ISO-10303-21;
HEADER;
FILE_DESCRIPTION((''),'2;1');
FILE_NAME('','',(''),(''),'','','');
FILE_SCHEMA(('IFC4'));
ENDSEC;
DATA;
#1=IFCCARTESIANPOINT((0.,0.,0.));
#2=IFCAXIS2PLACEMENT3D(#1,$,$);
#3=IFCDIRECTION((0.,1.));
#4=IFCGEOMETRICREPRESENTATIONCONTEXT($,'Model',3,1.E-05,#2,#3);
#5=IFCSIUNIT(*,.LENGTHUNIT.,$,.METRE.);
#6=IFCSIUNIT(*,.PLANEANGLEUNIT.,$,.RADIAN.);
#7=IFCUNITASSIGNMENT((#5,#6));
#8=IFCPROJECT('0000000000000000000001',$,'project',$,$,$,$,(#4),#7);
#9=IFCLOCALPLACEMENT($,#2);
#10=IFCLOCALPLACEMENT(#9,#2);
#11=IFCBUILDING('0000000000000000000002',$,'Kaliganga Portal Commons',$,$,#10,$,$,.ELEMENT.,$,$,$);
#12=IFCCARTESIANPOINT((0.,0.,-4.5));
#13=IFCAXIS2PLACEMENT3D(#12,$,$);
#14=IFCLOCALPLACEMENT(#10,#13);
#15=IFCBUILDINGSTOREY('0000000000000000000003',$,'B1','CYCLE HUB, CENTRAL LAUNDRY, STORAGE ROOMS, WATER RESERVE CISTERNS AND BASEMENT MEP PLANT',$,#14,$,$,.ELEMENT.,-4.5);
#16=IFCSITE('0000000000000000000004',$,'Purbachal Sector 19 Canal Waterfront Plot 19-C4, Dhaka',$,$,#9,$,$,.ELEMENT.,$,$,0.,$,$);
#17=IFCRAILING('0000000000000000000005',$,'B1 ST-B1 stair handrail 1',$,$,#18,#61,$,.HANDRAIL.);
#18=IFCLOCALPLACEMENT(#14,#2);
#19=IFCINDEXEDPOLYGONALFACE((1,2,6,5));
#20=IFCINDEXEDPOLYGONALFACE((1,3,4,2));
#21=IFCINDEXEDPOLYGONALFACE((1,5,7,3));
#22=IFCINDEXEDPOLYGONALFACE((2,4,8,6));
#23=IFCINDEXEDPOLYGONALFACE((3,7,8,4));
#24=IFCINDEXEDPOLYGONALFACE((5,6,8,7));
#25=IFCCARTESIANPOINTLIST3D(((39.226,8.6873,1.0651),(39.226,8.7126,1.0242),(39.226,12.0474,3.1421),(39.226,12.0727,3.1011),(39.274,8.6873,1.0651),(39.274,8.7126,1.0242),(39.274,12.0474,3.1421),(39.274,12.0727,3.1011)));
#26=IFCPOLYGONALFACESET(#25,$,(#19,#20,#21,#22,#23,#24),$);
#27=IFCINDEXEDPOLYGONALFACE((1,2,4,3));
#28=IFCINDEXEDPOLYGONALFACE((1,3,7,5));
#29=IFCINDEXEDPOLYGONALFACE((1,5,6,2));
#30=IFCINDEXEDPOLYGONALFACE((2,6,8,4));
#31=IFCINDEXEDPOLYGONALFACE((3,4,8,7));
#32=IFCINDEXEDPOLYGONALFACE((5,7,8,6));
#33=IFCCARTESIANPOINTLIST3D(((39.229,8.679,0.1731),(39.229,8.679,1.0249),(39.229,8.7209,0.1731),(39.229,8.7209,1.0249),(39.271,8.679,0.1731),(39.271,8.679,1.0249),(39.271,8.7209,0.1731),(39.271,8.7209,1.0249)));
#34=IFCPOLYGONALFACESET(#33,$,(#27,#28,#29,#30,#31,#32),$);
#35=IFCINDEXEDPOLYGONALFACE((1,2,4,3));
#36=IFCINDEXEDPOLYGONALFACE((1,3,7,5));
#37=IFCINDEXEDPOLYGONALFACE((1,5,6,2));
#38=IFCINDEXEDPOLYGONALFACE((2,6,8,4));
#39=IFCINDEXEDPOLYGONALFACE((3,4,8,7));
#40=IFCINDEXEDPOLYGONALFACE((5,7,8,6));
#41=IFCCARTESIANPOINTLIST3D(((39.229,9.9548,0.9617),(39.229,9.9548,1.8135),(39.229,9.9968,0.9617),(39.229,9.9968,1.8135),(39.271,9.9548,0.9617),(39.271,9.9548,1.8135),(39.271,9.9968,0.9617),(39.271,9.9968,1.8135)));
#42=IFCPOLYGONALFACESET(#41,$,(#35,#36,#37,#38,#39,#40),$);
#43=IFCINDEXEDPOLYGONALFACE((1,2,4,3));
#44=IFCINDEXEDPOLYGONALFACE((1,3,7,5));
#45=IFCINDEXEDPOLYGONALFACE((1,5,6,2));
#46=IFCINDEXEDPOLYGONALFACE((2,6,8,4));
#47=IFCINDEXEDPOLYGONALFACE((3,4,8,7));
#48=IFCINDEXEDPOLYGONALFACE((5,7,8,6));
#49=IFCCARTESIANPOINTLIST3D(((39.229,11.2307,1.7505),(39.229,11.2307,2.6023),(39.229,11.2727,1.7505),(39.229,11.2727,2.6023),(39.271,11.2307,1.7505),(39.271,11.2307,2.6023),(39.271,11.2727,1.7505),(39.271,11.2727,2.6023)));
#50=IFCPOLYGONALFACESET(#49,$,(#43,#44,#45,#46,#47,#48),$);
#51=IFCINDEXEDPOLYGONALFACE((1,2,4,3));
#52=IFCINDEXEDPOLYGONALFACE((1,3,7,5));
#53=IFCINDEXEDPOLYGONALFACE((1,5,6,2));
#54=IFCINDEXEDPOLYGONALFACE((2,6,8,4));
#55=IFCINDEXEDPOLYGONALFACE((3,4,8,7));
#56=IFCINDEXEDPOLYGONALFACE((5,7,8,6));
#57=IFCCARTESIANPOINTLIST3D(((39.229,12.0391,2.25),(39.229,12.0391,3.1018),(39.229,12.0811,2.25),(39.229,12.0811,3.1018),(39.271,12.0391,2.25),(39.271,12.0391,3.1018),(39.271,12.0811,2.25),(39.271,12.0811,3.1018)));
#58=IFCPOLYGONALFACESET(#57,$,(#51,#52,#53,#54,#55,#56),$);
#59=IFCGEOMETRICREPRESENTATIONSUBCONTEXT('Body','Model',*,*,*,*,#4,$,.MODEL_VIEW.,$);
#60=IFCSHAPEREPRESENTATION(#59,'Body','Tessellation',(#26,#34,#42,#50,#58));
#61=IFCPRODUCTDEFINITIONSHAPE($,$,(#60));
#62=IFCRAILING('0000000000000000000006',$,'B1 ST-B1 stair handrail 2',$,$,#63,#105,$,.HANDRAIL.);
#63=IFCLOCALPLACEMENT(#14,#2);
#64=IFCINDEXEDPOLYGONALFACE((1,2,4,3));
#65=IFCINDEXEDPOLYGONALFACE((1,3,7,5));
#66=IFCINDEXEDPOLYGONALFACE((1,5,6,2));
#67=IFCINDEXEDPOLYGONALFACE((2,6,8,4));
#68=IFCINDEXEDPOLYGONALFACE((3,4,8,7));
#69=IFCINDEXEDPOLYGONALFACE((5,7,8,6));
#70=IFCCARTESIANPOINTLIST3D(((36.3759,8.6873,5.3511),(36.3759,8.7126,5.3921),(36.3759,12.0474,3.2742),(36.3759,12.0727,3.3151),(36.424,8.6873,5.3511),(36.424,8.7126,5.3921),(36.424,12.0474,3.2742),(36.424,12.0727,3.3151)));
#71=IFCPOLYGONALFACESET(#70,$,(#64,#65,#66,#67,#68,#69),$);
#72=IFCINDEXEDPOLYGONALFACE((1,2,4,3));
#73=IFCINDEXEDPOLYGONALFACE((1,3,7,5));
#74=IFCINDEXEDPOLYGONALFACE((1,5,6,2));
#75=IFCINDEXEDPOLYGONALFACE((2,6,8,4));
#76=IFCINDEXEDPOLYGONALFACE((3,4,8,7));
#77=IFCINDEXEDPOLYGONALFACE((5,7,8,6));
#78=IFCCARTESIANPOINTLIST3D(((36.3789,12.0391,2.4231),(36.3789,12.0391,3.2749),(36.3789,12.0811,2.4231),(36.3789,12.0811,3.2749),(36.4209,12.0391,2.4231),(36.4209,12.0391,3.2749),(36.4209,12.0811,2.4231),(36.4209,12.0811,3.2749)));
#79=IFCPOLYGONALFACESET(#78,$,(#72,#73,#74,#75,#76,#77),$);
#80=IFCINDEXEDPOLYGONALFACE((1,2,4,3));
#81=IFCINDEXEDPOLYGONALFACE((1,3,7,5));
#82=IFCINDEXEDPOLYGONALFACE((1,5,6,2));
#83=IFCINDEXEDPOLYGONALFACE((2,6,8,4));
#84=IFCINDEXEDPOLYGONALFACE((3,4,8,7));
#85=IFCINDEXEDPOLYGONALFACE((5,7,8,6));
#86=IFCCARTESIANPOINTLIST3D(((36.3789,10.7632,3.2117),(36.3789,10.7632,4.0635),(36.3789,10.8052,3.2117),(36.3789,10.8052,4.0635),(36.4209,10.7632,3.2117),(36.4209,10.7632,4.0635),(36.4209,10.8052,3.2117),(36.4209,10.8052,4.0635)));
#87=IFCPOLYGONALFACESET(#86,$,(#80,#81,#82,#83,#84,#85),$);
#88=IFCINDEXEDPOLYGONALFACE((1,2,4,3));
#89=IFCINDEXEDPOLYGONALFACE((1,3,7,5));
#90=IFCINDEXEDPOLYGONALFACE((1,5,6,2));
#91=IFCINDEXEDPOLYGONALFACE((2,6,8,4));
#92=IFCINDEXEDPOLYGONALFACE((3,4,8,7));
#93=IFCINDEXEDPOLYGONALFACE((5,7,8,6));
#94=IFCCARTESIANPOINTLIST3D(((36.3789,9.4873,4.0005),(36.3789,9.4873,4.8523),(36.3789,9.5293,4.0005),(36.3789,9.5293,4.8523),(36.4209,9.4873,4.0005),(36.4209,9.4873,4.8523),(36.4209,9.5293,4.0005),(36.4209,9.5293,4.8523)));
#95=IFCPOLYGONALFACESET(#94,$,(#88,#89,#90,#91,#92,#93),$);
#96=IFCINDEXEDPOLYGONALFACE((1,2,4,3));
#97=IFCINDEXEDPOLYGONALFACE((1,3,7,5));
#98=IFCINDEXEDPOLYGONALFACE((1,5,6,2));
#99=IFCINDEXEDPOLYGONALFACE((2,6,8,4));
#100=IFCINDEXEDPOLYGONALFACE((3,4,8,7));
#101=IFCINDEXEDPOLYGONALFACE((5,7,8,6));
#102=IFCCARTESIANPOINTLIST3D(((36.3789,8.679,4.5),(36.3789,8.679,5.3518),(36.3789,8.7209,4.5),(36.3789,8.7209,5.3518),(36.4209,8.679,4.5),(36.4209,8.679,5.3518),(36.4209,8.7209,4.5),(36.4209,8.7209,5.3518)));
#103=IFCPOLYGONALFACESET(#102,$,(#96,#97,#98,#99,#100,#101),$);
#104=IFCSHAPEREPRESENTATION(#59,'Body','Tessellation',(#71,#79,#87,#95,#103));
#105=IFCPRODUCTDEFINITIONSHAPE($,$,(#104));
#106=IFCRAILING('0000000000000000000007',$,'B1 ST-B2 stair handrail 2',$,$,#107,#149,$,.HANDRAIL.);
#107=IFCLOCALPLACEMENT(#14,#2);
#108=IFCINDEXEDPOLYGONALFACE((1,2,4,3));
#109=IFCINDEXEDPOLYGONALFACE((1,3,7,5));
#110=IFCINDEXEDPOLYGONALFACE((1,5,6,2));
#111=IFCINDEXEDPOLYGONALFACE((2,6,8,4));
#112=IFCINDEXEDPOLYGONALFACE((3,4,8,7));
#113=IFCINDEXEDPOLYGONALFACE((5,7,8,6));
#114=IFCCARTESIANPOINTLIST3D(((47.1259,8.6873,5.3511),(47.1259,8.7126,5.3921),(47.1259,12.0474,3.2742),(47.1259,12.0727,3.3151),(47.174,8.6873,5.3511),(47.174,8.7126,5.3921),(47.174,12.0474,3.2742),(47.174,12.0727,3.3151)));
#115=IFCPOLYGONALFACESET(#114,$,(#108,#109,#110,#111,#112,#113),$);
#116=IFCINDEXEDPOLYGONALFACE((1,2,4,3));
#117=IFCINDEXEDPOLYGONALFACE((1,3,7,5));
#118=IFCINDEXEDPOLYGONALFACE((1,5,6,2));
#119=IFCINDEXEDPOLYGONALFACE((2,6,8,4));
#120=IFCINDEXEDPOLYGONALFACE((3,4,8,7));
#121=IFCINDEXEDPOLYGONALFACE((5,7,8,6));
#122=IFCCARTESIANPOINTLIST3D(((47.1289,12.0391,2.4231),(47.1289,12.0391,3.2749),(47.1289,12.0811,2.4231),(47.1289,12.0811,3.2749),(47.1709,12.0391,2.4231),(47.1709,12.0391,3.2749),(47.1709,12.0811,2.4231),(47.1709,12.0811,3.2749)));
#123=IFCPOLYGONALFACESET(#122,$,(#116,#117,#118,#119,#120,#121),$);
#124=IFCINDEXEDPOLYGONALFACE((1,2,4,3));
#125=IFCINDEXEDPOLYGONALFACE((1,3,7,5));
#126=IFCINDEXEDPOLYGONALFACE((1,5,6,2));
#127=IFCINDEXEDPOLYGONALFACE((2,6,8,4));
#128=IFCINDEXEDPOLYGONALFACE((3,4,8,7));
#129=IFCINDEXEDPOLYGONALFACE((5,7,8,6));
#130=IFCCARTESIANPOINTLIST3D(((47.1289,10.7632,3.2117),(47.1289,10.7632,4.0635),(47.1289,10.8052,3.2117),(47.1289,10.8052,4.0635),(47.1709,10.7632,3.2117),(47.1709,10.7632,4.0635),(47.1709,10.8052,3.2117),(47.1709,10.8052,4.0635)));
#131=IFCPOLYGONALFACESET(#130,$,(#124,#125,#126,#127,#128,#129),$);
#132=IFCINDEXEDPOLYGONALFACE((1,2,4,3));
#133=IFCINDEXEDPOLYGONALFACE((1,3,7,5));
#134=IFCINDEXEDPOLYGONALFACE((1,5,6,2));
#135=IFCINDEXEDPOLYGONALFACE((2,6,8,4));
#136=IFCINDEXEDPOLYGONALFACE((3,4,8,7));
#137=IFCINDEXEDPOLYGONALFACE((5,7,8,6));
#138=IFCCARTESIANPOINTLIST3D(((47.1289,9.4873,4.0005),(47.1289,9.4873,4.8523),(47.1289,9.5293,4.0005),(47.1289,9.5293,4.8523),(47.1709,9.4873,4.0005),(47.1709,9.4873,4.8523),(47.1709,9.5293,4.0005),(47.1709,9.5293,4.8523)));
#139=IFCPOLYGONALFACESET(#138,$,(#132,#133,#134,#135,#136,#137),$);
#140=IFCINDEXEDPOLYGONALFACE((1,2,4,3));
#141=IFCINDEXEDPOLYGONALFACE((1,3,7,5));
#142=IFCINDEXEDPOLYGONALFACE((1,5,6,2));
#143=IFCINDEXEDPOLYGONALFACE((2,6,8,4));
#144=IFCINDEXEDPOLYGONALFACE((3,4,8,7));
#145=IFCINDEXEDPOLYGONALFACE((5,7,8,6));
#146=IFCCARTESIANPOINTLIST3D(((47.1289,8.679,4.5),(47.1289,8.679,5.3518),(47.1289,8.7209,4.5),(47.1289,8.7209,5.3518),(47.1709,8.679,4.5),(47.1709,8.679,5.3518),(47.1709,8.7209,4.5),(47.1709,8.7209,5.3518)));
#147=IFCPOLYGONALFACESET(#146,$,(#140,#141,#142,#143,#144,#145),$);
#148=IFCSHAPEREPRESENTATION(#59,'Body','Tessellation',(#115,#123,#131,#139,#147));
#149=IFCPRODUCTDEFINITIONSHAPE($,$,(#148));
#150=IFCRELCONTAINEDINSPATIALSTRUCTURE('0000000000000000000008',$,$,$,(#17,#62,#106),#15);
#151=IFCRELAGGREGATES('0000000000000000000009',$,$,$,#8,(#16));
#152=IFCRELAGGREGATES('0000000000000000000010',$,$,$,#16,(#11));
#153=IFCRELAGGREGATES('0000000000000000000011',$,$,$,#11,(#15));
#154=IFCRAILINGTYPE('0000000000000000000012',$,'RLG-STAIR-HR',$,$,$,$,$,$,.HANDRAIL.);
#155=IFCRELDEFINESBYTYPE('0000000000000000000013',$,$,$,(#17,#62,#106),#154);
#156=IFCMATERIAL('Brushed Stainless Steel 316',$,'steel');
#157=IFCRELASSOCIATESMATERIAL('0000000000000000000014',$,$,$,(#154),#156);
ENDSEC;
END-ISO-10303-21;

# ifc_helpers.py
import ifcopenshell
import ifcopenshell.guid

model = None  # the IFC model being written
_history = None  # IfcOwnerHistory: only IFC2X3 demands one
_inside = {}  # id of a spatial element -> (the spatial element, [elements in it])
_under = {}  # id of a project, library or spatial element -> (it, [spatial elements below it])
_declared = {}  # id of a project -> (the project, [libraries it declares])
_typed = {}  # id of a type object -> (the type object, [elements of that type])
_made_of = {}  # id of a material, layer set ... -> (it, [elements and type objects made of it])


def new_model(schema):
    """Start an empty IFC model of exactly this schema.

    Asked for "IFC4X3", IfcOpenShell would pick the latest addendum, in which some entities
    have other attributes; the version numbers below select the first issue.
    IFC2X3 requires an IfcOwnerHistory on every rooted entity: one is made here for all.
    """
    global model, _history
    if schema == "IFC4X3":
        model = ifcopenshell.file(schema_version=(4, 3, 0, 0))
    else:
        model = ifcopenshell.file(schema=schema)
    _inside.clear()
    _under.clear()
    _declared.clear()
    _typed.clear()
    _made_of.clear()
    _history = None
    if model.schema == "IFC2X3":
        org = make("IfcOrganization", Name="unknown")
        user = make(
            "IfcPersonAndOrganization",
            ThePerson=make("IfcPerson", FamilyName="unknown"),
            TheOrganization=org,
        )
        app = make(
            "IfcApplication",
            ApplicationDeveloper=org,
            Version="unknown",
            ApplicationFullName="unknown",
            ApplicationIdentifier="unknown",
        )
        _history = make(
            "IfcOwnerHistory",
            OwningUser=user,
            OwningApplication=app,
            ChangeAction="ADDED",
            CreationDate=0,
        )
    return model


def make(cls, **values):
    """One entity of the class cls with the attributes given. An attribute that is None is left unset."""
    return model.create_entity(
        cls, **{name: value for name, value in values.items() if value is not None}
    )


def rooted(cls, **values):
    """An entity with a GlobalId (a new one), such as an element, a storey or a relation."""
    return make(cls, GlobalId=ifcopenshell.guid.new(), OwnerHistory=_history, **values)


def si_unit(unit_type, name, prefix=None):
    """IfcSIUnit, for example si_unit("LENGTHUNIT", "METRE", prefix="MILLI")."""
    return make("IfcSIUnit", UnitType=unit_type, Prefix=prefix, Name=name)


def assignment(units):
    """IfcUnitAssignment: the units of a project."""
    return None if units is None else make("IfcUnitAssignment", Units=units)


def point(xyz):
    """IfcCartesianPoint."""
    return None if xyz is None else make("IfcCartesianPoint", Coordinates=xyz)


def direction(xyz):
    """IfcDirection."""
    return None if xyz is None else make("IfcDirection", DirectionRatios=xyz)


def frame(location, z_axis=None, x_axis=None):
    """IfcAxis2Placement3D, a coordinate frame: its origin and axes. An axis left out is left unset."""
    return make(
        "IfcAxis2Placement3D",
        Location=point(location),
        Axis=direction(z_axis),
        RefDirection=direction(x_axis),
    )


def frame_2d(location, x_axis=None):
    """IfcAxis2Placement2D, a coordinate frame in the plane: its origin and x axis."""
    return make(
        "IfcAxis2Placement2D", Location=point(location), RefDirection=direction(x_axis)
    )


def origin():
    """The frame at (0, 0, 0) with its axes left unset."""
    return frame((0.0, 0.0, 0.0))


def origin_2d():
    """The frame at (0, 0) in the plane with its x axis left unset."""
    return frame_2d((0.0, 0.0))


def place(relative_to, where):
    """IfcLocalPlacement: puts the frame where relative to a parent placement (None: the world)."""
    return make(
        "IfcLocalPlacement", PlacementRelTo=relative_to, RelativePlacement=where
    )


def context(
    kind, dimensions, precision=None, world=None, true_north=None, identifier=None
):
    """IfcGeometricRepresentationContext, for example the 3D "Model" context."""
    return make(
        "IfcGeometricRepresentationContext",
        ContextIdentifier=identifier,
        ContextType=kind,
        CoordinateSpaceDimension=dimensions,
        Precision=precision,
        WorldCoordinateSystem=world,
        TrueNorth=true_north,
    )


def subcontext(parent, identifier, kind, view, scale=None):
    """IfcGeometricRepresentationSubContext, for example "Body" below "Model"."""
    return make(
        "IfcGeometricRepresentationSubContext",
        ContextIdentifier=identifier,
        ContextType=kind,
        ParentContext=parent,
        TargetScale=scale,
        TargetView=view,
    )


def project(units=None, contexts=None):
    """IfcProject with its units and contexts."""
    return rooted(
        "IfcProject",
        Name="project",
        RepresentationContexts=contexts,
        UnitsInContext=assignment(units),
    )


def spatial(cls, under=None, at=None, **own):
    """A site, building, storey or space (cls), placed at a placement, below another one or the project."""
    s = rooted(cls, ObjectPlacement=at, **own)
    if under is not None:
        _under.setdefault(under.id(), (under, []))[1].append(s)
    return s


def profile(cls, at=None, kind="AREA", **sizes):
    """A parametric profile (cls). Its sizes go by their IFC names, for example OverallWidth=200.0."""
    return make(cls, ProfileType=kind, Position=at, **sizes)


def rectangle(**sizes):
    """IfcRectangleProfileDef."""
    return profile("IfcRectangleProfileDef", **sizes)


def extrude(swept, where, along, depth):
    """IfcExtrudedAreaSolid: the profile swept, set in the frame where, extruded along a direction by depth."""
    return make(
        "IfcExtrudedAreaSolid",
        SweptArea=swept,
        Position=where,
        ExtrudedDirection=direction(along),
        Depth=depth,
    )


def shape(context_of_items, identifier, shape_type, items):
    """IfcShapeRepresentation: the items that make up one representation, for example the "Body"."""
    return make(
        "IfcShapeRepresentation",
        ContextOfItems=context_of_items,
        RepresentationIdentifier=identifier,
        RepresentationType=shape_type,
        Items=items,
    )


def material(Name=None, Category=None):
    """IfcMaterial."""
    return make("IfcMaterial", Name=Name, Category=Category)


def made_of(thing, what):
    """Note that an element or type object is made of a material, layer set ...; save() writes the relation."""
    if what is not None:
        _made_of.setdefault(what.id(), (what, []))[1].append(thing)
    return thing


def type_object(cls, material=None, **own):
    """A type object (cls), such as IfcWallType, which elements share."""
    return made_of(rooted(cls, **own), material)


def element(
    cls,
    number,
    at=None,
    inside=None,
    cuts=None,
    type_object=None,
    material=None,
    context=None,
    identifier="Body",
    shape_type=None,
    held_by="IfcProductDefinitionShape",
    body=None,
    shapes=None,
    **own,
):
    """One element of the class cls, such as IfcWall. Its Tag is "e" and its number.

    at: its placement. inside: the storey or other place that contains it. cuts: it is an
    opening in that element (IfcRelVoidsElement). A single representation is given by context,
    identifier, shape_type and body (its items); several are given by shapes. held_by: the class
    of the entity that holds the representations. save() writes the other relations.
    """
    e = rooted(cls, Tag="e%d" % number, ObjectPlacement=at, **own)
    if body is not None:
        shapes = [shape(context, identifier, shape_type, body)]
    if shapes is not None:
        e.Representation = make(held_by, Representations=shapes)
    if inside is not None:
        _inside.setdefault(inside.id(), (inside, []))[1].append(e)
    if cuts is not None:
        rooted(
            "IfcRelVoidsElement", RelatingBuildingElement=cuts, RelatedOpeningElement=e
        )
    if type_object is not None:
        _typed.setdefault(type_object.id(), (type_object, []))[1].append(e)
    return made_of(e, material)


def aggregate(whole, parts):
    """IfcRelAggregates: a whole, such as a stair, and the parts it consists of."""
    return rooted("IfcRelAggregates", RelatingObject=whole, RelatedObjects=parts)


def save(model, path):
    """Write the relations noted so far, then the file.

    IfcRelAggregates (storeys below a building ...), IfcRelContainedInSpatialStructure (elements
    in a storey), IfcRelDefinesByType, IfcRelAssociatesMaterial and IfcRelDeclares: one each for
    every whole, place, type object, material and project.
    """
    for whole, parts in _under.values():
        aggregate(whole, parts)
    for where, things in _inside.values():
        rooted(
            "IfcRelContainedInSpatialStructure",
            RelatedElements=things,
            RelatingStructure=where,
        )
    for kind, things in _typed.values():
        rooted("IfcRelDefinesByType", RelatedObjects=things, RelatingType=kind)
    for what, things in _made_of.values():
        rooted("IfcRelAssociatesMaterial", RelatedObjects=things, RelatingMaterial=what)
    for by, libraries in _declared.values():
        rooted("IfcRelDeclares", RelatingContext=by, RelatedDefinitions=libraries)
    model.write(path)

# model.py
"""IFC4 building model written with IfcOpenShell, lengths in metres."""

from ifc_helpers import new_model, si_unit, direction, frame, origin, origin_2d, place, context, subcontext, project, spatial, rectangle, extrude, material, type_object, element, save


model = new_model("IFC4")

# Units and contexts
model_context = context("Model", 3, precision=1e-05, world=origin(), true_north=direction((0.0, 1.0)))
body_context = subcontext(model_context, "Body", "Model", "MODEL_VIEW")
ifc_project = project(units=[si_unit("LENGTHUNIT", "METRE"), si_unit("PLANEANGLEUNIT", "RADIAN")], contexts=[model_context])

# Site, building, storey
site_placement = place(None, origin())
site = spatial("IfcSite", under=ifc_project, at=site_placement, Name="Purbachal Sector 19 Canal Waterfront Plot 19-C4, Dhaka", CompositionType="ELEMENT", RefElevation=0.0)
building_placement = place(site_placement, origin())
building = spatial("IfcBuilding", under=site, at=building_placement, Name="Kaliganga Portal Commons", CompositionType="ELEMENT")
storey_placement = place(building_placement, frame((0.0, 0.0, -4.5)))
storey = spatial("IfcBuildingStorey", under=building, at=storey_placement, Name="B1", Description="CYCLE HUB, CENTRAL LAUNDRY, STORAGE ROOMS, WATER RESERVE CISTERNS AND BASEMENT MEP PLANT", CompositionType="ELEMENT", Elevation=-4.5)

# Railings
ifc_material_1 = material(Name="Brushed Stainless Steel 316", Category="steel")
railing_type_1 = type_object("IfcRailingType", Name="RLG-STAIR-HR", PredefinedType="HANDRAIL", material=ifc_material_1)
railing_1_placement = place(storey_placement, frame((39.25, 8.7, 0.1731)))
element("IfcRailing", 1, at=railing_1_placement, inside=storey, type_object=railing_type_1, Name="B1 ST-B1 stair handrail 1", PredefinedType="HANDRAIL", context=body_context, shape_type="SweptSolid", body=[
    extrude(rectangle(XDim=0.0481, YDim=0.0481, at=origin_2d()), frame((0.0, 0.0, 0.8716), z_axis=(0.0, 0.850623, 0.525776), x_axis=(-1.0, 0.0, 0.0)), (0.0, 0.0, 1.0), 3.9502),
    extrude(rectangle(XDim=0.042, YDim=0.042, at=origin_2d()), origin(), (0.0, 0.0, 1.0), 0.8518),
    extrude(rectangle(XDim=0.042, YDim=0.042, at=origin_2d()), frame((0.0, 1.2759, 0.7886)), (0.0, 0.0, 1.0), 0.8518),
    extrude(rectangle(XDim=0.042, YDim=0.042, at=origin_2d()), frame((0.0, 2.5518, 1.5774)), (0.0, 0.0, 1.0), 0.8518),
    extrude(rectangle(XDim=0.042, YDim=0.042, at=origin_2d()), frame((0.0, 3.3601, 2.0769)), (0.0, 0.0, 1.0), 0.8518),
])
for number, where, name in (
    (2, (36.3999, 12.0601, 2.4231), "B1 ST-B1 stair handrail 2"),
    (3, (47.1499, 12.0601, 2.4231), "B1 ST-B2 stair handrail 2"),
):
    element("IfcRailing", number, at=place(storey_placement, frame(where)), inside=storey, type_object=railing_type_1, Name=name, PredefinedType="HANDRAIL", context=body_context, shape_type="SweptSolid", body=[
        extrude(rectangle(XDim=0.0481, YDim=0.0481, at=origin_2d()), frame((0.0, 0.0, 0.8716), z_axis=(0.0, -0.850623, 0.525776), x_axis=(1.0, 0.0, 0.0)), (0.0, 0.0, 1.0), 3.9502),
        extrude(rectangle(XDim=0.042, YDim=0.042, at=origin_2d()), origin(), (0.0, 0.0, 1.0), 0.8518),
        extrude(rectangle(XDim=0.042, YDim=0.042, at=origin_2d()), frame((0.0, -1.2759, 0.7886)), (0.0, 0.0, 1.0), 0.8518),
        extrude(rectangle(XDim=0.042, YDim=0.042, at=origin_2d()), frame((0.0, -2.5518, 1.5774)), (0.0, 0.0, 1.0), 0.8518),
        extrude(rectangle(XDim=0.042, YDim=0.042, at=origin_2d()), frame((0.0, -3.3601, 2.0769)), (0.0, 0.0, 1.0), 0.8518),
    ])

save(model, "model.ifc")
